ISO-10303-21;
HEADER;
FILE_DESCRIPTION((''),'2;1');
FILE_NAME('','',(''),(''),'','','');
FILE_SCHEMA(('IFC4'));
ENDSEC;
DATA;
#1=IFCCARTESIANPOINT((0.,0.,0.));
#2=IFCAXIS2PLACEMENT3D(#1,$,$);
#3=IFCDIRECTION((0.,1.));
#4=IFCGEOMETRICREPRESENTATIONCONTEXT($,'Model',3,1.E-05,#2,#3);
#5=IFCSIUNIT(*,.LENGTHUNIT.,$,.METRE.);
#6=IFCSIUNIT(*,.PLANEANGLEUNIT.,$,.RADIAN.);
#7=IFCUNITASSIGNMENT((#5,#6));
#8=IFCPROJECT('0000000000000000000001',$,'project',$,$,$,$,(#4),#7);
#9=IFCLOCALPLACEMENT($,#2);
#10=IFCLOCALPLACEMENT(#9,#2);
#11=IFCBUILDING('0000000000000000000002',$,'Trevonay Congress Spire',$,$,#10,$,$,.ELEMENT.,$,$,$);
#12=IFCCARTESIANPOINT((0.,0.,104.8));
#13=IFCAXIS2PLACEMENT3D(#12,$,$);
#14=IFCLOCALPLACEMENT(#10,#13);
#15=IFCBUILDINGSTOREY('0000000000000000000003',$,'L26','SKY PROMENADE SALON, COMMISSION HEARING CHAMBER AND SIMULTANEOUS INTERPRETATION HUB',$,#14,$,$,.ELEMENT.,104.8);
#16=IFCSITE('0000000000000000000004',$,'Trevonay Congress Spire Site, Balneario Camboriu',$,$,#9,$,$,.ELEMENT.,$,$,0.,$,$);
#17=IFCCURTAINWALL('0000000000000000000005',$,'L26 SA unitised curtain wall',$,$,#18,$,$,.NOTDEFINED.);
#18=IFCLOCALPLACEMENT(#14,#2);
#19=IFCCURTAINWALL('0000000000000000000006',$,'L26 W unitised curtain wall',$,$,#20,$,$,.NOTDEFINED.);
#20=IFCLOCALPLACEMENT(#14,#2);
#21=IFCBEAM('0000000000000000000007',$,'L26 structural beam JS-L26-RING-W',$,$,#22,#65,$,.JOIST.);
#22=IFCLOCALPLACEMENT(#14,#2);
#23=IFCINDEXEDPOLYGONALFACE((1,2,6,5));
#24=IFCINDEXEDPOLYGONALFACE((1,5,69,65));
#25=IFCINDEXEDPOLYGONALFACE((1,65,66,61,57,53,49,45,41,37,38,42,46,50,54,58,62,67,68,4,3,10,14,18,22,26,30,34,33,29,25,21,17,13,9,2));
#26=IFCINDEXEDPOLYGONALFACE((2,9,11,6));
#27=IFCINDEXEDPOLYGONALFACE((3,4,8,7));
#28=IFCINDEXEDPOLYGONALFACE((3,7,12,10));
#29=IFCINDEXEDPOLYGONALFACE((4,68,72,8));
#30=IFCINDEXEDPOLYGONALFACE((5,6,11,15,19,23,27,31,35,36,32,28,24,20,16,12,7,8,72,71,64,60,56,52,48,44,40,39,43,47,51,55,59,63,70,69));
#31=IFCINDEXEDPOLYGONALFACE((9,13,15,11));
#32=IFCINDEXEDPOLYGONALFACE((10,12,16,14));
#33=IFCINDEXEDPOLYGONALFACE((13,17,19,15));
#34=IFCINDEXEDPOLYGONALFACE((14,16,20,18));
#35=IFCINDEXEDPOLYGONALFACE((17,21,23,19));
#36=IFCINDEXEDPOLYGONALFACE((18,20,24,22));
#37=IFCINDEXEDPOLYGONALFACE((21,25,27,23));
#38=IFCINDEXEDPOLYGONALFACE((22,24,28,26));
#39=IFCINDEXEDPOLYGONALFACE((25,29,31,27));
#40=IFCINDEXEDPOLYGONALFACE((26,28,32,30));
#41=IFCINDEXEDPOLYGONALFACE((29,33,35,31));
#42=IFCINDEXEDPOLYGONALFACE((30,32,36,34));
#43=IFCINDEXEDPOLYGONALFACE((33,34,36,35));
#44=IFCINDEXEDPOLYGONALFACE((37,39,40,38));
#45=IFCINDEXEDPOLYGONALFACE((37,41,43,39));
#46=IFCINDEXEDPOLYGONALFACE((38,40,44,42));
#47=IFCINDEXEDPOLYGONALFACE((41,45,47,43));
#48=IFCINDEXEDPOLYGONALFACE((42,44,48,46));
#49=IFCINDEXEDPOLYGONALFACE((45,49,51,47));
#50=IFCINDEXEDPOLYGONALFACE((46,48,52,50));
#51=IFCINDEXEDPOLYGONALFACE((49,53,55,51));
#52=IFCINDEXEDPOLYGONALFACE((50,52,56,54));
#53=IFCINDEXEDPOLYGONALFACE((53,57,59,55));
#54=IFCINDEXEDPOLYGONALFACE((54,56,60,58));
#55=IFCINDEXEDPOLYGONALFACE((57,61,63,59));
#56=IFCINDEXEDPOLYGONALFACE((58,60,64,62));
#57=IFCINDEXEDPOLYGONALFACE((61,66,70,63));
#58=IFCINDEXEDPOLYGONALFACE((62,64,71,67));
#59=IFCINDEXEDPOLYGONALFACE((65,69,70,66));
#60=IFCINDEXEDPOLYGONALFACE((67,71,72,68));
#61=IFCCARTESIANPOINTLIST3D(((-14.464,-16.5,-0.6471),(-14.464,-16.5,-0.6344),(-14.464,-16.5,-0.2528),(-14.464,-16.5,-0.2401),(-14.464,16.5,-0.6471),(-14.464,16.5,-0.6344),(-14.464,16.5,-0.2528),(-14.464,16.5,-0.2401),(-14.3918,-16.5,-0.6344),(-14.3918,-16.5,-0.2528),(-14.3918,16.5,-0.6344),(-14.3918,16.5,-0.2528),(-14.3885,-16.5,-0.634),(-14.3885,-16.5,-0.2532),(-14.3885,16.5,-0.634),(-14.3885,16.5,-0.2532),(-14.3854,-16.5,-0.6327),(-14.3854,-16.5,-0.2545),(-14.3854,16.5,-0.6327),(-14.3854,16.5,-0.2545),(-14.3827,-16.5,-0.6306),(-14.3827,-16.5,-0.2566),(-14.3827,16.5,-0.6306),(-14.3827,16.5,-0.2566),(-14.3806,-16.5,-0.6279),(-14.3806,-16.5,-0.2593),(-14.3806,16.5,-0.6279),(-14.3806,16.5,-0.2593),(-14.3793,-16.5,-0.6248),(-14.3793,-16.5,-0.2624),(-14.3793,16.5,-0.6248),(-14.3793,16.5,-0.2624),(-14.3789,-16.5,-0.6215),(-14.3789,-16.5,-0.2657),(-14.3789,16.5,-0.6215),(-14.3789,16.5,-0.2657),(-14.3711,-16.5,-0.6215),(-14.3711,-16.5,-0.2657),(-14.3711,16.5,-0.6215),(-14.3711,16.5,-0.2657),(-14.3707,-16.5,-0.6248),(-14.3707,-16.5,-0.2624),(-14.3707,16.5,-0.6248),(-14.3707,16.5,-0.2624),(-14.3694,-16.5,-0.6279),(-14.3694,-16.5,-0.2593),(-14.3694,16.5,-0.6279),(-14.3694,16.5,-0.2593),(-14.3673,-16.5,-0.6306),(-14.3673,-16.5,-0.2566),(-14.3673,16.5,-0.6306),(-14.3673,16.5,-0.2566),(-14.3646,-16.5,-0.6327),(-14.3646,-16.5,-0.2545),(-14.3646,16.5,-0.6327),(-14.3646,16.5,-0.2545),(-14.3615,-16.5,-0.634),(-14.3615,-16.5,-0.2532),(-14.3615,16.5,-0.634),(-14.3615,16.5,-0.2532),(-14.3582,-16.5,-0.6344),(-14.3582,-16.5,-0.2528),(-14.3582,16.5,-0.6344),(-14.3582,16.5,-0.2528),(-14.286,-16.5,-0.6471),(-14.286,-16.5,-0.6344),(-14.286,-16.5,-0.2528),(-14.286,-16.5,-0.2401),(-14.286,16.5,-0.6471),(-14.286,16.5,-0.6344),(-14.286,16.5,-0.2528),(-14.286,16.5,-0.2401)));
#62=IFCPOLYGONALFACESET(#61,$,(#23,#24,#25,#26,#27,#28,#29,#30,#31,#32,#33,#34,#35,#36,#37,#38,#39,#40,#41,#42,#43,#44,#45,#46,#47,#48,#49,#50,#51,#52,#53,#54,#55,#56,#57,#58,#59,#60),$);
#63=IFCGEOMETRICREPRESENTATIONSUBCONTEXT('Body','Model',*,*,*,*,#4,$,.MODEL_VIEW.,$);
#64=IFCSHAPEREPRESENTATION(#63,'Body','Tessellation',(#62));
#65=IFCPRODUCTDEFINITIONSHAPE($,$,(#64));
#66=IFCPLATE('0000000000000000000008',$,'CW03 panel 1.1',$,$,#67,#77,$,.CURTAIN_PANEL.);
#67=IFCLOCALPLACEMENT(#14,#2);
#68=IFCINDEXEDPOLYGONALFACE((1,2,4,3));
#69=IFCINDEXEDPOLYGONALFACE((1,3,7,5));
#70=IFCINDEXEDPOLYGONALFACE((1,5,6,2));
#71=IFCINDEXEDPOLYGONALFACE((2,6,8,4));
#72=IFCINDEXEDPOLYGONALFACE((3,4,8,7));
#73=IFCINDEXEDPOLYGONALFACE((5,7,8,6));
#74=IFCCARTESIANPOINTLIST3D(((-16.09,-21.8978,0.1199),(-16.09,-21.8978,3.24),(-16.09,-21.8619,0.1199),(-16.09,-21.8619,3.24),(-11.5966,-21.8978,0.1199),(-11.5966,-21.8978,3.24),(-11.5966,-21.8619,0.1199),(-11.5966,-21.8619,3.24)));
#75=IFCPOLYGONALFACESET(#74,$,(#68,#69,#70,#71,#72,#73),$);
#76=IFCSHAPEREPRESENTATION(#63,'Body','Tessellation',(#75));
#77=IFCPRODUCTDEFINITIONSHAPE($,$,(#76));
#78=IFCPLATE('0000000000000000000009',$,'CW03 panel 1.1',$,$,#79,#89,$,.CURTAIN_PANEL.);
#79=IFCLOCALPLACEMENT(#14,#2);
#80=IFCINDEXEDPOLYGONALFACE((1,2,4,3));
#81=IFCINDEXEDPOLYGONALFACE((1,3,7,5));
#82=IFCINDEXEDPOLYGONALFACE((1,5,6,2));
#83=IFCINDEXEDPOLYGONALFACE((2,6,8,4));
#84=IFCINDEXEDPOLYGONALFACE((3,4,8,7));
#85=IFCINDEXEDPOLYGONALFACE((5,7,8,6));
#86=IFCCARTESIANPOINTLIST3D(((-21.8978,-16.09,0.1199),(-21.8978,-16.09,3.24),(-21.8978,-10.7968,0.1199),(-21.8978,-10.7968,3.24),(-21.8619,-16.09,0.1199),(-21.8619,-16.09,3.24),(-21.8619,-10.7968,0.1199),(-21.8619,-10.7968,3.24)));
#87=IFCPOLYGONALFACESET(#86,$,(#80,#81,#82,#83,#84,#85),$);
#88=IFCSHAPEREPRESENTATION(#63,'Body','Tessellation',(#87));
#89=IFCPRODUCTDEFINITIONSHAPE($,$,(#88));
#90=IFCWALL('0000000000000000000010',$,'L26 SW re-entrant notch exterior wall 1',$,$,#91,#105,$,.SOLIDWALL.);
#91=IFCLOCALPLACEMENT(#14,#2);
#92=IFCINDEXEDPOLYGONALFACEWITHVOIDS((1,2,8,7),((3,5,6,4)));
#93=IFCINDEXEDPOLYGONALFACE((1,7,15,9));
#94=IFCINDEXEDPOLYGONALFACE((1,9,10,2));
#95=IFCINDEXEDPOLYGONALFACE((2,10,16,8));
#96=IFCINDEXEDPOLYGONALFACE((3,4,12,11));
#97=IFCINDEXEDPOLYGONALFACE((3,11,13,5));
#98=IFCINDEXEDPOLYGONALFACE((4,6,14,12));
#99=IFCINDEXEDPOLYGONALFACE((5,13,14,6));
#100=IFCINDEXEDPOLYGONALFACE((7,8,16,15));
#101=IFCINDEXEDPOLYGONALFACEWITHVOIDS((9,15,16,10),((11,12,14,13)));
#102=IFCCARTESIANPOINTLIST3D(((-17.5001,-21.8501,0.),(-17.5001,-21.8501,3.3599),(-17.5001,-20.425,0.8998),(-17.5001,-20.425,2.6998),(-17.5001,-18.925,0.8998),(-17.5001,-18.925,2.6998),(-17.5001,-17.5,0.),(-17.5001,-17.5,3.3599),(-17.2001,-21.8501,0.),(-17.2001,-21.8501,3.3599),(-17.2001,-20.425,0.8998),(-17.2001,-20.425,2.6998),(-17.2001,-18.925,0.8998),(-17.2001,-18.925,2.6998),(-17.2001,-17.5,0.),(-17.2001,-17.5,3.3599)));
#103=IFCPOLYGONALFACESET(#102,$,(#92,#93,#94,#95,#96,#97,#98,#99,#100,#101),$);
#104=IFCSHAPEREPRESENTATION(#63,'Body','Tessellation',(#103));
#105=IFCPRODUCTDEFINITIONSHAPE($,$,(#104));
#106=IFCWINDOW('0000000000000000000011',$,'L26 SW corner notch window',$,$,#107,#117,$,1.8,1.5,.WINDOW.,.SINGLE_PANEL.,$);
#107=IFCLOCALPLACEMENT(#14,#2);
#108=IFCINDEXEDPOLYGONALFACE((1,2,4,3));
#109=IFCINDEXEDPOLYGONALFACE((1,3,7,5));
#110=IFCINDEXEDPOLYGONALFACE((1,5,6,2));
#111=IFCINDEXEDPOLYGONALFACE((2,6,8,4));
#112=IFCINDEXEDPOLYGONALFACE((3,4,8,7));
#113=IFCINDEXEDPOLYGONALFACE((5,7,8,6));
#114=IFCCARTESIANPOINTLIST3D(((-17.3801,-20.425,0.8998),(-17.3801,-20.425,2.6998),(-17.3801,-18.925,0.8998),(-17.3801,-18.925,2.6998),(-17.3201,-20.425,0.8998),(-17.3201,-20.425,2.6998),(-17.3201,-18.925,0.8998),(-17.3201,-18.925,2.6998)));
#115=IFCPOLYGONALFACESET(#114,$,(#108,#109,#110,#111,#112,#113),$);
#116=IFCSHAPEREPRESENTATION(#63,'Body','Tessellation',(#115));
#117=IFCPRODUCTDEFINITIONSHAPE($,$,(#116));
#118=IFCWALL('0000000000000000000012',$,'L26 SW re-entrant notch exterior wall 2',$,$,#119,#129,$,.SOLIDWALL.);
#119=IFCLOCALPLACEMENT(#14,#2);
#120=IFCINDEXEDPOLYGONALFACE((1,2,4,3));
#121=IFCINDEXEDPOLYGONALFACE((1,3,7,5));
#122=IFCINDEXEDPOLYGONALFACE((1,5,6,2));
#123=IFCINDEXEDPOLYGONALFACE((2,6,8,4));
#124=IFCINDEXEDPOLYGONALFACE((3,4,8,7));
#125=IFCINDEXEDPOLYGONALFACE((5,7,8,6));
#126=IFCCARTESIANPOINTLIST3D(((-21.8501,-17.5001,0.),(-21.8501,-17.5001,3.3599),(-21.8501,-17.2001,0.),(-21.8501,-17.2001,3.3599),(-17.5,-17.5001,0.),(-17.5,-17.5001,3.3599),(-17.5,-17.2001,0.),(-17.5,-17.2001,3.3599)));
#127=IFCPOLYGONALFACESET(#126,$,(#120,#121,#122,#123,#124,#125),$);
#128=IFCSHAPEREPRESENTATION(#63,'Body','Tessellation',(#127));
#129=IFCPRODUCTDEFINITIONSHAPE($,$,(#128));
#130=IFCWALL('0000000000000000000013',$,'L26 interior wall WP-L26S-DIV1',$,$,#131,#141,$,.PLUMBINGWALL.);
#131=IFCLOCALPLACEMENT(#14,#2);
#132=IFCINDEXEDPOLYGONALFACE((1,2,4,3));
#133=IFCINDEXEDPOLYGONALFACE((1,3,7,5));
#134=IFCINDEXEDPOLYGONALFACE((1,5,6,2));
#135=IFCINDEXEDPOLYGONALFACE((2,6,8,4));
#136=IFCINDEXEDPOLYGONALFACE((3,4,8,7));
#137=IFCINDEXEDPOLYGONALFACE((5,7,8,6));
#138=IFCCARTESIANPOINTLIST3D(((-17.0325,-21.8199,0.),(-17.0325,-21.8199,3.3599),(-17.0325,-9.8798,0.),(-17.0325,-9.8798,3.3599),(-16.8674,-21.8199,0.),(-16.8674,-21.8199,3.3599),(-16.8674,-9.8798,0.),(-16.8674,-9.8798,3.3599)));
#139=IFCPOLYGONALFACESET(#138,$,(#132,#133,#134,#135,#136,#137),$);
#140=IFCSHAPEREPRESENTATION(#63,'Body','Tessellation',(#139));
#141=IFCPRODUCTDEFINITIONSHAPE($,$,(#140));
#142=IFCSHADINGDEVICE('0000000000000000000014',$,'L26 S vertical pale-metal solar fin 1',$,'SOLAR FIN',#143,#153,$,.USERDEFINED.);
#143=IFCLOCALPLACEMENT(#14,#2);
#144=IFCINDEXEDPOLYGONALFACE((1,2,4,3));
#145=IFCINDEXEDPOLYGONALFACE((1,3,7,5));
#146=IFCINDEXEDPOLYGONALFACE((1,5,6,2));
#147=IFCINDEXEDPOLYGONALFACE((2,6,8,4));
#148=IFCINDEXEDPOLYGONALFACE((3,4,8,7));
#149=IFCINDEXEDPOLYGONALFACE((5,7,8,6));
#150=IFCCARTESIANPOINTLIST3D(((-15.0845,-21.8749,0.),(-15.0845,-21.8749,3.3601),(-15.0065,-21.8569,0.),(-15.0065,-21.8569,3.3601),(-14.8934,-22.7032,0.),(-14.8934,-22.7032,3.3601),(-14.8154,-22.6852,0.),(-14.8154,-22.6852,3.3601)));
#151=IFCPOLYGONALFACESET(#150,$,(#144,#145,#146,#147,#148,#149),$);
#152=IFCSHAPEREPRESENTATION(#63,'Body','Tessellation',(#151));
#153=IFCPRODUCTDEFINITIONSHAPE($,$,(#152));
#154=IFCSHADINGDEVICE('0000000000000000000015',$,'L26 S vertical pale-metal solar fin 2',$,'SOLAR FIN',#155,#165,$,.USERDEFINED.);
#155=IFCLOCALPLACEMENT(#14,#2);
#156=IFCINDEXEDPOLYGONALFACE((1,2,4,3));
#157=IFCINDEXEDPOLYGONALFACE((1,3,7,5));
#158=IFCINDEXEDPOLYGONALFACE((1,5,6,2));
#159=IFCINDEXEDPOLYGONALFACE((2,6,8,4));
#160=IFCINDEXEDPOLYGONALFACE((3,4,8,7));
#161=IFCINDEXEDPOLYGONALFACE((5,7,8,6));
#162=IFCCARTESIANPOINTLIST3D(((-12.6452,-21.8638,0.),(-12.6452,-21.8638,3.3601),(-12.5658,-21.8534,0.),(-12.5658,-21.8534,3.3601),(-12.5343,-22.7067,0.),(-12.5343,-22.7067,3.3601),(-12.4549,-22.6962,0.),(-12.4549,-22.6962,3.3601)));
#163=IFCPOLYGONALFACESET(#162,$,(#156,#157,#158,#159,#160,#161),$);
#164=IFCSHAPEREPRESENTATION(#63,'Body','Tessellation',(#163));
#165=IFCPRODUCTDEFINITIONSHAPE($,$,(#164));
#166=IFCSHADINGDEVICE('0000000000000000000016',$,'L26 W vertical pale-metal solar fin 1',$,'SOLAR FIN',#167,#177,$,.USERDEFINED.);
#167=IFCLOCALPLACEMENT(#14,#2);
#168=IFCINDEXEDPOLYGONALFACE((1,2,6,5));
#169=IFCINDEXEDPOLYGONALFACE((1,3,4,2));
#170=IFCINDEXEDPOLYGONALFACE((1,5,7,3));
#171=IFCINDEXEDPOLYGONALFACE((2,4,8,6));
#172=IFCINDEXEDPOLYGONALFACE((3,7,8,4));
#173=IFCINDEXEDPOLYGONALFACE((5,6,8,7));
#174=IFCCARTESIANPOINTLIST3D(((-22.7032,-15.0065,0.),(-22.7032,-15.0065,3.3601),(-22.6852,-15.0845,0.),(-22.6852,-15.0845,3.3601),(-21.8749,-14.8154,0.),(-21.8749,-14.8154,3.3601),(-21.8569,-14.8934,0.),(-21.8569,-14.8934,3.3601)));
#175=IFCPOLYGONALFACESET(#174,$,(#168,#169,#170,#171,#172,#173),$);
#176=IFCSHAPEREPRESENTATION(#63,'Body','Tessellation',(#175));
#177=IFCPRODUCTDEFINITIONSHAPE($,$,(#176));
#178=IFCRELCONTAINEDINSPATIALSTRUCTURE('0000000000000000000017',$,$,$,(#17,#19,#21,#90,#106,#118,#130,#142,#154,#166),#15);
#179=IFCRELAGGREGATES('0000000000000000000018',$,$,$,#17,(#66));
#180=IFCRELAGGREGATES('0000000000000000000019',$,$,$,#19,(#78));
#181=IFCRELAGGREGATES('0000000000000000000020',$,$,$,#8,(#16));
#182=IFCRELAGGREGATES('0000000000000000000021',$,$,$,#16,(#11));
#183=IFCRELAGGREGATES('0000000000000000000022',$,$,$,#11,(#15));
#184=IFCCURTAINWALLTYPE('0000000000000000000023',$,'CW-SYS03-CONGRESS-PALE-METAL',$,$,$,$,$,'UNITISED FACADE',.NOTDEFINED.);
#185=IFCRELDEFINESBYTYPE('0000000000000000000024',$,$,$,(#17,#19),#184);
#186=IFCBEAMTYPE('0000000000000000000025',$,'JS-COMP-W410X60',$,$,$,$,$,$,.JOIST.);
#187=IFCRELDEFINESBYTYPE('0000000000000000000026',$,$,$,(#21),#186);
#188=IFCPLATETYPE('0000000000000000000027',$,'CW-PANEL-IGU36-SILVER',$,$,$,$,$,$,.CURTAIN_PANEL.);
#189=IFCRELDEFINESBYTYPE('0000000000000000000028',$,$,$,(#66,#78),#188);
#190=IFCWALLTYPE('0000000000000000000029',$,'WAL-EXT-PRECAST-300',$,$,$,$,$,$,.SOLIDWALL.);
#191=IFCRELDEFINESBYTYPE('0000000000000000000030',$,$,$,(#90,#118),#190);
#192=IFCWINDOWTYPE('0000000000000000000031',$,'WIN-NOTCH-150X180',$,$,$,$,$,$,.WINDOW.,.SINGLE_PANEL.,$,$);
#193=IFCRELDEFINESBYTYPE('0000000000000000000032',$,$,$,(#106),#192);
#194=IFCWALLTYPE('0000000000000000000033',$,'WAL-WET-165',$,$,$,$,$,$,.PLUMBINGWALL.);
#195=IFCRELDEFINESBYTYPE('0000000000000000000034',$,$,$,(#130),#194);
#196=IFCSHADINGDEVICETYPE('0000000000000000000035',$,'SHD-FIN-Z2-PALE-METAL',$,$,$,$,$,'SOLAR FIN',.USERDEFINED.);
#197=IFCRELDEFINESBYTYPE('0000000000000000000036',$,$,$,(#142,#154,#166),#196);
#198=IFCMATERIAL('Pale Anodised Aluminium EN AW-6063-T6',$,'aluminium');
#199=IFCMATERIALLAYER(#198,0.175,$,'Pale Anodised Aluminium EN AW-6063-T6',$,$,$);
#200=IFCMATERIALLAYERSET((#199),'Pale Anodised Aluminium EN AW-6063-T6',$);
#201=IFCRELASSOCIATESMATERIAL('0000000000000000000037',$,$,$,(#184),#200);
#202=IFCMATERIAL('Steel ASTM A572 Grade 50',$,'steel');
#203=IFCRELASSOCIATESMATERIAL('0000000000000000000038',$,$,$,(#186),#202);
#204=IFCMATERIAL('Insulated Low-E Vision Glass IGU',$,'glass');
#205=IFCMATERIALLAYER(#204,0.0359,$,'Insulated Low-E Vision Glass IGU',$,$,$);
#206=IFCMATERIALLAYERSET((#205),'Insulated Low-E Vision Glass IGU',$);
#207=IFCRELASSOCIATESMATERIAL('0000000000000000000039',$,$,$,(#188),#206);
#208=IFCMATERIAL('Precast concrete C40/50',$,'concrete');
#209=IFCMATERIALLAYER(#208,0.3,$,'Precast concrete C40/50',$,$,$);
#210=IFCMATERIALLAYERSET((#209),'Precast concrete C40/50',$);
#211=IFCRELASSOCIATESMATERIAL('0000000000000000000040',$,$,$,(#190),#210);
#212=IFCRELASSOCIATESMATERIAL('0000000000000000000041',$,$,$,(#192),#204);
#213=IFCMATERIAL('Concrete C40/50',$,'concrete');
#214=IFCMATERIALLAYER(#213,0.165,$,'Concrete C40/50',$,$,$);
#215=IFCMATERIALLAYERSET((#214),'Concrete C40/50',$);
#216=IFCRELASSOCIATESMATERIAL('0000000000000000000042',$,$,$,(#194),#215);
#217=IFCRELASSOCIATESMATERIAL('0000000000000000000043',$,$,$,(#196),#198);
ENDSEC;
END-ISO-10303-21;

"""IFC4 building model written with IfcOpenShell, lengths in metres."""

from ifc_helpers import new_model, si_unit, direction, frame, frame_2d, origin, origin_2d, place, context, subcontext, project, spatial, rectangle, i_section, extrude, material, layer, layer_set, material_profile, profile_set, type_object, element, fill, aggregate, save


model = new_model("IFC4")

# Units and contexts
model_context = context("Model", 3, precision=1e-05, world=origin(), true_north=direction((0.0, 1.0)))
body_context = subcontext(model_context, "Body", "Model", "MODEL_VIEW")
ifc_project = project(units=[si_unit("LENGTHUNIT", "METRE"), si_unit("PLANEANGLEUNIT", "RADIAN")], contexts=[model_context])

# Site, building, storey
site_placement = place(None, origin())
site = spatial("IfcSite", under=ifc_project, at=site_placement, Name="Trevonay Congress Spire Site, Balneario Camboriu", CompositionType="ELEMENT", RefElevation=0.0)
building_placement = place(site_placement, origin())
building = spatial("IfcBuilding", under=site, at=building_placement, Name="Trevonay Congress Spire", CompositionType="ELEMENT")
storey_placement = place(building_placement, frame((0.0, 0.0, 104.8)))
storey = spatial("IfcBuildingStorey", under=building, at=storey_placement, Name="L26", Description="SKY PROMENADE SALON, COMMISSION HEARING CHAMBER AND SIMULTANEOUS INTERPRETATION HUB", CompositionType="ELEMENT", Elevation=104.8)

# Shared definitions
ifc_material_1 = material(Name="Steel ASTM A572 Grade 50", Category="steel")

# Curtain walls
ifc_material_2 = material(Name="Pale Anodised Aluminium EN AW-6063-T6", Category="aluminium")
ifc_layer_1 = layer(ifc_material_2, 0.175, Name="Pale Anodised Aluminium EN AW-6063-T6")
ifc_layer_set_1 = layer_set([ifc_layer_1], Name="Pale Anodised Aluminium EN AW-6063-T6")
curtain_wall_type = type_object("IfcCurtainWallType", Name="CW-SYS03-CONGRESS-PALE-METAL", ElementType="UNITISED FACADE", PredefinedType="NOTDEFINED", material=ifc_layer_set_1)
curtain_wall_1_placement = place(storey_placement, origin())
curtain_wall_1 = element("IfcCurtainWall", 1, at=curtain_wall_1_placement, inside=storey, type_object=curtain_wall_type, Name="L26 SA unitised curtain wall", PredefinedType="NOTDEFINED")
curtain_wall_2_placement = place(storey_placement, origin())
curtain_wall_2 = element("IfcCurtainWall", 2, at=curtain_wall_2_placement, inside=storey, type_object=curtain_wall_type, Name="L26 W unitised curtain wall", PredefinedType="NOTDEFINED")

# Beam
ifc_material_profile_1 = material_profile(ifc_material_1, i_section(OverallWidth=0.178, OverallDepth=0.407, WebThickness=0.0078, FlangeThickness=0.0127, FilletRadius=0.0129, at=origin_2d()), Name="W410x60")
ifc_profile_set_1 = profile_set([ifc_material_profile_1], Name="Steel ASTM A572 Grade 50")
beam_type_1 = type_object("IfcBeamType", Name="JS-COMP-W410X60", PredefinedType="JOIST", material=ifc_profile_set_1)
for number, where, z_axis, x_axis, name in (
    (3, (-14.375, -16.5, -0.4436), (0.0, 1.0, 0.0), (-1.0, 0.0, 0.0), "L26 structural beam JS-L26-RING-W"),
):
    element("IfcBeam", number, at=place(storey_placement, frame(where, z_axis=z_axis, x_axis=x_axis)), inside=storey, type_object=beam_type_1, Name=name, PredefinedType="JOIST", context=body_context, shape_type="SweptSolid", body=[
        extrude(i_section(OverallWidth=0.178, OverallDepth=0.407, WebThickness=0.0078, FlangeThickness=0.0127, FilletRadius=0.0129, at=origin_2d()), origin(), (0.0, 0.0, 1.0), 33.0),
    ])

# Plates
ifc_material_3 = material(Name="Insulated Low-E Vision Glass IGU", Category="glass")
ifc_layer_2 = layer(ifc_material_3, 0.0359, Name="Insulated Low-E Vision Glass IGU")
ifc_layer_set_2 = layer_set([ifc_layer_2], Name="Insulated Low-E Vision Glass IGU")
plate_type = type_object("IfcPlateType", Name="CW-PANEL-IGU36-SILVER", PredefinedType="CURTAIN_PANEL", material=ifc_layer_set_2)
plate_1_placement = place(storey_placement, frame((-13.8433, -21.8799, 0.1199), z_axis=(0.0, 0.0, 1.0), x_axis=(1.0, 0.0, 0.0)))
plate_1 = element("IfcPlate", 4, at=plate_1_placement, type_object=plate_type, Name="CW03 panel 1.1", PredefinedType="CURTAIN_PANEL", context=body_context, shape_type="SweptSolid", body=[
    extrude(rectangle(XDim=4.4934, YDim=0.0359, at=origin_2d()), origin(), (0.0, 0.0, 1.0), 3.1201),
])
aggregate(curtain_wall_1, [plate_1])
plate_2_placement = place(storey_placement, frame((-21.8799, -13.4434, 0.1199), z_axis=(0.0, 0.0, 1.0), x_axis=(0.0, 1.0, 0.0)))
plate_2 = element("IfcPlate", 5, at=plate_2_placement, type_object=plate_type, Name="CW03 panel 1.1", PredefinedType="CURTAIN_PANEL", context=body_context, shape_type="SweptSolid", body=[
    extrude(rectangle(XDim=5.2932, YDim=0.0359, at=origin_2d()), origin(), (0.0, 0.0, 1.0), 3.1201),
])
aggregate(curtain_wall_2, [plate_2])

# Wall, opening, window
ifc_material_4 = material(Name="Precast concrete C40/50", Category="concrete")
ifc_layer_3 = layer(ifc_material_4, 0.3, Name="Precast concrete C40/50")
ifc_layer_set_3 = layer_set([ifc_layer_3], Name="Precast concrete C40/50")
wall_type_1 = type_object("IfcWallType", Name="WAL-EXT-PRECAST-300", PredefinedType="SOLIDWALL", material=ifc_layer_set_3)
wall_1_placement = place(storey_placement, frame((-17.3501, -21.8501, 0.0), z_axis=(0.0, 0.0, 1.0), x_axis=(0.0, 1.0, 0.0)))
wall_1 = element("IfcWall", 6, at=wall_1_placement, inside=storey, type_object=wall_type_1, Name="L26 SW re-entrant notch exterior wall 1", PredefinedType="SOLIDWALL", context=body_context, shape_type="SweptSolid", body=[
    extrude(rectangle(XDim=4.3501, YDim=0.3, at=frame_2d((2.175, 0.0))), origin(), (0.0, 0.0, 1.0), 3.3599),
])
opening_placement = place(wall_1_placement, frame((1.425, 0.0, 0.8999)))
opening = element("IfcOpeningElement", 7, at=opening_placement, cuts=wall_1, PredefinedType="OPENING", context=body_context, shape_type="SweptSolid", body=[
    extrude(rectangle(XDim=1.5, YDim=1.8, at=frame_2d((0.75, 0.8999))), frame((0.0, 0.1602, 0.0), z_axis=(0.0, -1.0, 0.0), x_axis=(1.0, 0.0, 0.0)), (0.0, 0.0, 1.0), 0.3201),
])
window_type = type_object("IfcWindowType", Name="WIN-NOTCH-150X180", PartitioningType="SINGLE_PANEL", PredefinedType="WINDOW", material=ifc_material_3)
window_placement = place(opening_placement, origin())
window = element("IfcWindow", 8, at=window_placement, inside=storey, type_object=window_type, Name="L26 SW corner notch window", OverallHeight=1.8, OverallWidth=1.5, PartitioningType="SINGLE_PANEL", PredefinedType="WINDOW", context=body_context, shape_type="SweptSolid", body=[
    extrude(rectangle(XDim=1.5, YDim=1.8, at=frame_2d((0.75, 0.8999))), frame((0.0, 0.03, 0.0), z_axis=(0.0, -1.0, 0.0), x_axis=(1.0, 0.0, 0.0)), (0.0, 0.0, 1.0), 0.0601),
])
fill(opening, window)

# Walls
wall_2_placement = place(storey_placement, frame((-21.8501, -17.3501, 0.0), z_axis=(0.0, 0.0, 1.0), x_axis=(1.0, 0.0, 0.0)))
element("IfcWall", 9, at=wall_2_placement, inside=storey, type_object=wall_type_1, Name="L26 SW re-entrant notch exterior wall 2", PredefinedType="SOLIDWALL", context=body_context, shape_type="SweptSolid", body=[
    extrude(rectangle(XDim=4.3501, YDim=0.3, at=frame_2d((2.175, 0.0))), origin(), (0.0, 0.0, 1.0), 3.3599),
])
ifc_material_5 = material(Name="Concrete C40/50", Category="concrete")
ifc_layer_4 = layer(ifc_material_5, 0.165, Name="Concrete C40/50")
ifc_layer_set_4 = layer_set([ifc_layer_4], Name="Concrete C40/50")
wall_type_2 = type_object("IfcWallType", Name="WAL-WET-165", PredefinedType="PLUMBINGWALL", material=ifc_layer_set_4)
wall_3_placement = place(storey_placement, frame((-16.95, -21.8201, 0.0), z_axis=(0.0, 0.0, 1.0), x_axis=(0.0, 1.0, 0.0)))
element("IfcWall", 10, at=wall_3_placement, inside=storey, type_object=wall_type_2, Name="L26 interior wall WP-L26S-DIV1", PredefinedType="PLUMBINGWALL", context=body_context, shape_type="SweptSolid", body=[
    extrude(rectangle(XDim=11.9402, YDim=0.165, at=frame_2d((5.9702, 0.0))), origin(), (0.0, 0.0, 1.0), 3.3599),
])

# Shading devices
shading_device_type = type_object("IfcShadingDeviceType", Name="SHD-FIN-Z2-PALE-METAL", ElementType="SOLAR FIN", PredefinedType="USERDEFINED", material=ifc_material_2)
for number, where, z_axis, x_axis, name in (
    (11, (-14.95, -22.28, 0.0), (0.0, 0.0, 1.0), (0.974409, 0.224781, 0.0), "L26 S vertical pale-metal solar fin 1"),
    (12, (-12.55, -22.28, 0.0), (0.0, 0.0, 1.0), (0.991445, 0.130526, 0.0), "L26 S vertical pale-metal solar fin 2"),
    (13, (-22.28, -14.95, 0.0), (0.0, 0.0, 1.0), (-0.224781, 0.974409, 0.0), "L26 W vertical pale-metal solar fin 1"),
):
    element("IfcShadingDevice", number, at=place(storey_placement, frame(where, z_axis=z_axis, x_axis=x_axis)), inside=storey, type_object=shading_device_type, Name=name, ObjectType="SOLAR FIN", PredefinedType="USERDEFINED", context=body_context, shape_type="SweptSolid", body=[
        extrude(rectangle(XDim=0.0801, YDim=0.8501, at=origin_2d()), origin(), (0.0, 0.0, 1.0), 3.3601),
    ])

save(model, "model.ifc")
